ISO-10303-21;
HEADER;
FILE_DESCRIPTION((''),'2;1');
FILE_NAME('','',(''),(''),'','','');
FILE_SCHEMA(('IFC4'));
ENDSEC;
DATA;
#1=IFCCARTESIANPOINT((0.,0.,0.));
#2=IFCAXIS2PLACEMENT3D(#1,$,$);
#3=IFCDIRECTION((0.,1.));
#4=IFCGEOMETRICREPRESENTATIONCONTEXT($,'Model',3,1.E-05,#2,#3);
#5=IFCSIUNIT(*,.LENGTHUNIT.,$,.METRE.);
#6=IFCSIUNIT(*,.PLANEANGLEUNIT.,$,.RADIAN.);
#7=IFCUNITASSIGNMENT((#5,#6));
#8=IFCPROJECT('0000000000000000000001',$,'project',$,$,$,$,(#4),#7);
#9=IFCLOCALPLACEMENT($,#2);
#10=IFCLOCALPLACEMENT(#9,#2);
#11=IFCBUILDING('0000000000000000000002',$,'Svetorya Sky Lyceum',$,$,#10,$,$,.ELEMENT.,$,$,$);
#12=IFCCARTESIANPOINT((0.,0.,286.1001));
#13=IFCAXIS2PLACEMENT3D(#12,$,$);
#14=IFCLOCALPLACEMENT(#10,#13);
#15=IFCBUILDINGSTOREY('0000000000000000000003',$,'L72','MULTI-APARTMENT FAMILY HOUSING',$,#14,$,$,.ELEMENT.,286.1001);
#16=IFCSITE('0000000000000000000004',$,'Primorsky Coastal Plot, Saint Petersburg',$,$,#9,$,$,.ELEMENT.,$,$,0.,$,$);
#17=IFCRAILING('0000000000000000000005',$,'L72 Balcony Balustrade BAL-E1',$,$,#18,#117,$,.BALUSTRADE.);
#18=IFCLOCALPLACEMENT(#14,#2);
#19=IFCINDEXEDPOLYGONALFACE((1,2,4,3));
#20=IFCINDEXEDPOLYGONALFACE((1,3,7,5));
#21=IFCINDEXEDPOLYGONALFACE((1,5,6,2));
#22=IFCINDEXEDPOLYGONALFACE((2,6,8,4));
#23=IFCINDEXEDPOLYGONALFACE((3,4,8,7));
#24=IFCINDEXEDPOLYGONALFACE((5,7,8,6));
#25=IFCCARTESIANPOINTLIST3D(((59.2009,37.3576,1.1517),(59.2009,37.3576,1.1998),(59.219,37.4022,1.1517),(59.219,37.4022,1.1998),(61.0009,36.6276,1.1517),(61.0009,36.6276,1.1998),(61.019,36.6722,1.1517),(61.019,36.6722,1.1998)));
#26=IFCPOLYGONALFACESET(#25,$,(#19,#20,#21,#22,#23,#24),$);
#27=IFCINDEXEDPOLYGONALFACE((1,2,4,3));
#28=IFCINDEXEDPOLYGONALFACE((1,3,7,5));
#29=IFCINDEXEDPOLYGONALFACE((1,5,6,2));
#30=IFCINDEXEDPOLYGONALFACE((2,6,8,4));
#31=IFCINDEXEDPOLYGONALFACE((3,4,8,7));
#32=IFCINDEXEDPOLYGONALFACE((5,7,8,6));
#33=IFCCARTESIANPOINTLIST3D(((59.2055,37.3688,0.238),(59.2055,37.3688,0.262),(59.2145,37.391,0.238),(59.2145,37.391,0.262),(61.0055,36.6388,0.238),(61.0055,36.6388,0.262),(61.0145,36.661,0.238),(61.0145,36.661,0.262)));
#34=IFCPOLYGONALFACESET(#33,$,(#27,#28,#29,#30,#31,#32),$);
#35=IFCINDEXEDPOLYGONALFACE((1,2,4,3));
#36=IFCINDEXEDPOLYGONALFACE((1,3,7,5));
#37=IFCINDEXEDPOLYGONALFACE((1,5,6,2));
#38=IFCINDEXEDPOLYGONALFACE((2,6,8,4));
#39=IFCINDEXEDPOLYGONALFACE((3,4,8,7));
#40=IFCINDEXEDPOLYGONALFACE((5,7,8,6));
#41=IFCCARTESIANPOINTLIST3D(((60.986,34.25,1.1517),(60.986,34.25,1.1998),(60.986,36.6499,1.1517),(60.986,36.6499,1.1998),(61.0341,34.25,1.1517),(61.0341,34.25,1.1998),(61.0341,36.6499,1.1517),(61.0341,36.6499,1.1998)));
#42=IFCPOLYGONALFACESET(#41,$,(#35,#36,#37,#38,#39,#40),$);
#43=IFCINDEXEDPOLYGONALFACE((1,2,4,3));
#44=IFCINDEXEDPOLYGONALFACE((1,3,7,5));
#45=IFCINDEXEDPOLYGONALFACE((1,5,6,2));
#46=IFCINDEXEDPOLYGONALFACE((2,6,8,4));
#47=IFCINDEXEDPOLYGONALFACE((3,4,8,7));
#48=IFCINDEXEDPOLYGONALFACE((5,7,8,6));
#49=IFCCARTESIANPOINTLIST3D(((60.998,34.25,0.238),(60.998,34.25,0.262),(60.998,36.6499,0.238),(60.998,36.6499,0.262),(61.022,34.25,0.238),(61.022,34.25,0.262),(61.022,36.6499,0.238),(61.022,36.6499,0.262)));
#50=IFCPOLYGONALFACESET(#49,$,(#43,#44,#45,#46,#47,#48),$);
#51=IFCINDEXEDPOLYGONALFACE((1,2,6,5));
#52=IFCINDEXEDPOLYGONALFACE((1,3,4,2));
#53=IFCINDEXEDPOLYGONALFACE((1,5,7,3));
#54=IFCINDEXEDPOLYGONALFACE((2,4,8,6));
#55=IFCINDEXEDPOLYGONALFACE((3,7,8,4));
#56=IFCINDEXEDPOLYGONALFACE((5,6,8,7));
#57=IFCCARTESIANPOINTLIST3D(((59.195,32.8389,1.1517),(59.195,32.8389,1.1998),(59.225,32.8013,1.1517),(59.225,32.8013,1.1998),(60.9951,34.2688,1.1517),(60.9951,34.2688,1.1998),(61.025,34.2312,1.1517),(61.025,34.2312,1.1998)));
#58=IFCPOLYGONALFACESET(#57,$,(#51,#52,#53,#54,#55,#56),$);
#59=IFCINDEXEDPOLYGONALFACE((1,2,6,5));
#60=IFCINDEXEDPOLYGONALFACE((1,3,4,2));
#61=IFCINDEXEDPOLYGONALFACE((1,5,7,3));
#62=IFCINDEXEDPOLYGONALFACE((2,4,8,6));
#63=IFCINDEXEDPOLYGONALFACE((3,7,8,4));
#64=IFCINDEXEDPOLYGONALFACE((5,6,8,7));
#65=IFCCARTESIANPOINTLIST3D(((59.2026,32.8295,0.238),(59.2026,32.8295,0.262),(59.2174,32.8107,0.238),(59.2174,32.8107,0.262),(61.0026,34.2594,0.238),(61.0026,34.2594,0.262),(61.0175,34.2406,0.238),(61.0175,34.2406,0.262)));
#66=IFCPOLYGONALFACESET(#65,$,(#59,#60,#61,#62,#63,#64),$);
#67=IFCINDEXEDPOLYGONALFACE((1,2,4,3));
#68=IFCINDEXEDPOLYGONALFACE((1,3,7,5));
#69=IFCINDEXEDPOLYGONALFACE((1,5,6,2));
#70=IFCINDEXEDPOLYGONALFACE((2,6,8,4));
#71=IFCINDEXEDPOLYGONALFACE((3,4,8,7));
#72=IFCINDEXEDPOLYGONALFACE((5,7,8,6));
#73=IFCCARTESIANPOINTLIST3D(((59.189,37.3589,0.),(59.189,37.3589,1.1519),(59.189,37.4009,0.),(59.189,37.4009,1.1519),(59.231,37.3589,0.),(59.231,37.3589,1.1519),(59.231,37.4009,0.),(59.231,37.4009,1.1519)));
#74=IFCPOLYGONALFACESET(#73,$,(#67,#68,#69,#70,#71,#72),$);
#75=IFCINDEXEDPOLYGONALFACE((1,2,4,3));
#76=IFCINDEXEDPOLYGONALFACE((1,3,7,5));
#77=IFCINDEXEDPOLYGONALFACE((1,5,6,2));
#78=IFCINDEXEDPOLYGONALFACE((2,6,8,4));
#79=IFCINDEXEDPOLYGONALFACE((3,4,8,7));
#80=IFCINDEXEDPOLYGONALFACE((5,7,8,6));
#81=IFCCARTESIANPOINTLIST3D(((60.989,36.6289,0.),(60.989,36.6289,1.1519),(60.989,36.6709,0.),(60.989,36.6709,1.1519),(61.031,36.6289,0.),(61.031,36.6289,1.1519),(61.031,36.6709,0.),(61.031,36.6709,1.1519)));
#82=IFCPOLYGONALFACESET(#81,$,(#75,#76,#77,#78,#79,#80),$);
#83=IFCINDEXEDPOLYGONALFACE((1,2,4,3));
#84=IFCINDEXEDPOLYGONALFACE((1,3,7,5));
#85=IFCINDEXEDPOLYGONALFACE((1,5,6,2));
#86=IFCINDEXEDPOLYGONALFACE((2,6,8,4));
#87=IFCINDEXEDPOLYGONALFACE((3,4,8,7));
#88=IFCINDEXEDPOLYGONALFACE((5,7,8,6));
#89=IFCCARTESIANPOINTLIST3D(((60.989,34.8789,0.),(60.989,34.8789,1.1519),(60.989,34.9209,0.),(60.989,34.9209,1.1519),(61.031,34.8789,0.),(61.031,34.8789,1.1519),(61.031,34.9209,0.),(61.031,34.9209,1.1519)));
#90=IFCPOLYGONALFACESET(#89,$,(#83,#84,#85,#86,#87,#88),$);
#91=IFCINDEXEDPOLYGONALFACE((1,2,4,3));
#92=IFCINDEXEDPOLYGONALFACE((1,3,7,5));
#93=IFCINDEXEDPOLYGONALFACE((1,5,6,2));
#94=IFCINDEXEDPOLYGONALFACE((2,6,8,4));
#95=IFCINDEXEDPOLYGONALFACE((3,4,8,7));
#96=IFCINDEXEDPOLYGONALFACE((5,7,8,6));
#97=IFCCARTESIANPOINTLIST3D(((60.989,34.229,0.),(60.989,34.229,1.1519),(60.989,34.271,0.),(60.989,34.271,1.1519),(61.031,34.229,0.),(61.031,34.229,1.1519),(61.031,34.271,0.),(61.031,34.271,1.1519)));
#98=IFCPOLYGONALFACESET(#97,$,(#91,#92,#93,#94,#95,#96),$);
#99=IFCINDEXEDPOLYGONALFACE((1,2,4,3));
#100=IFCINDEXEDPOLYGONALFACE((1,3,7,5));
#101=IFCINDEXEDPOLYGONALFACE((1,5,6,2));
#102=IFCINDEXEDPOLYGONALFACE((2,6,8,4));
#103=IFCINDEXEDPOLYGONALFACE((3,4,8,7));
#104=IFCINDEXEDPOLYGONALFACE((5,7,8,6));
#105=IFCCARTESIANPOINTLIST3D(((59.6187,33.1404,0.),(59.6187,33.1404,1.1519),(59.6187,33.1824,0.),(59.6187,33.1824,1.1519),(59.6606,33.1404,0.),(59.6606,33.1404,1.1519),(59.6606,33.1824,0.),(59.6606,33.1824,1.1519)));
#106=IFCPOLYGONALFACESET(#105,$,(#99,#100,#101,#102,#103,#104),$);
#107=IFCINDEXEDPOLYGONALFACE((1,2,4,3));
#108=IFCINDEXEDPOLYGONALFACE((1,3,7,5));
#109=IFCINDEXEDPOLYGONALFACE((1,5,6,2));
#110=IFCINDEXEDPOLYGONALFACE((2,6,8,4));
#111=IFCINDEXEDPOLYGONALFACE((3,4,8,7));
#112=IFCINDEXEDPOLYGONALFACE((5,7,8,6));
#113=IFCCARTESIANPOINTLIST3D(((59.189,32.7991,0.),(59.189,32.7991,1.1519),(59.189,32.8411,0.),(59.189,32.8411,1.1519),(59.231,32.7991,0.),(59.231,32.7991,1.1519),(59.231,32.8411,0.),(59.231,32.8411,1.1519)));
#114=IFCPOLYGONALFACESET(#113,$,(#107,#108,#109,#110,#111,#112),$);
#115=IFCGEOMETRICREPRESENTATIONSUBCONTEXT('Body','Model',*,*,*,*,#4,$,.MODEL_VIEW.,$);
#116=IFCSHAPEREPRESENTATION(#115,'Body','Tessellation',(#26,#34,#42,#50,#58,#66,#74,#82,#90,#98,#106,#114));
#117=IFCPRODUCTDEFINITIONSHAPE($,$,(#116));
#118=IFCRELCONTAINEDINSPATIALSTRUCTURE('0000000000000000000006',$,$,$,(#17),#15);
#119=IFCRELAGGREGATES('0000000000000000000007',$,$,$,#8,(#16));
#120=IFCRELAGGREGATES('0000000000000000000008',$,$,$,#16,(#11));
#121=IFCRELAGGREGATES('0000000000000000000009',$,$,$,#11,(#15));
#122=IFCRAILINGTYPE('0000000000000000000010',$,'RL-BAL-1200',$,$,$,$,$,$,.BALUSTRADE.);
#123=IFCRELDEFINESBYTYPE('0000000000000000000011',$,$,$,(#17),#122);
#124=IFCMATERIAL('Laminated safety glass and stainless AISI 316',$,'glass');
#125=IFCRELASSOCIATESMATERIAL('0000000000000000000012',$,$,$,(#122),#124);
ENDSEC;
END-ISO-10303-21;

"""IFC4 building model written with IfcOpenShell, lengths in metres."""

from ifc_helpers import new_model, si_unit, direction, frame, origin, origin_2d, place, context, subcontext, project, spatial, rectangle, extrude, material, type_object, element, save


model = new_model("IFC4")

# Units and contexts
model_context = context("Model", 3, precision=1e-05, world=origin(), true_north=direction((0.0, 1.0)))
body_context = subcontext(model_context, "Body", "Model", "MODEL_VIEW")
ifc_project = project(units=[si_unit("LENGTHUNIT", "METRE"), si_unit("PLANEANGLEUNIT", "RADIAN")], contexts=[model_context])

# Site, building, storey
site_placement = place(None, origin())
site = spatial("IfcSite", under=ifc_project, at=site_placement, Name="Primorsky Coastal Plot, Saint Petersburg", CompositionType="ELEMENT", RefElevation=0.0)
building_placement = place(site_placement, origin())
building = spatial("IfcBuilding", under=site, at=building_placement, Name="Svetorya Sky Lyceum", CompositionType="ELEMENT")
storey_placement = place(building_placement, frame((0.0, 0.0, 286.1001)))
storey = spatial("IfcBuildingStorey", under=building, at=storey_placement, Name="L72", Description="MULTI-APARTMENT FAMILY HOUSING", CompositionType="ELEMENT", Elevation=286.1001)

# Railing
ifc_material_1 = material(Name="Laminated safety glass and stainless AISI 316", Category="glass")
railing_type = type_object("IfcRailingType", Name="RL-BAL-1200", PredefinedType="BALUSTRADE", material=ifc_material_1)
railing_placement = place(storey_placement, frame((59.21, 37.3799, 0.0)))
element("IfcRailing", 1, at=railing_placement, inside=storey, type_object=railing_type, Name="L72 Balcony Balustrade BAL-E1", PredefinedType="BALUSTRADE", context=body_context, shape_type="SweptSolid", body=[
    extrude(rectangle(XDim=0.0481, YDim=0.0481, at=origin_2d()), frame((0.0, 0.0, 1.1758), z_axis=(0.926698, -0.375807, 0.0), x_axis=(0.375807, 0.926698, 0.0)), (0.0, 0.0, 1.0), 1.9424),
    extrude(rectangle(XDim=0.0239, YDim=0.0239, at=origin_2d()), frame((0.0, 0.0, 0.25), z_axis=(0.926698, -0.375807, 0.0), x_axis=(0.375807, 0.926698, 0.0)), (0.0, 0.0, 1.0), 1.9424),
    extrude(rectangle(XDim=0.0481, YDim=0.0481, at=origin_2d()), frame((1.8, -0.73, 1.1758), z_axis=(0.0, -1.0, 0.0), x_axis=(1.0, 0.0, 0.0)), (0.0, 0.0, 1.0), 2.3999),
    extrude(rectangle(XDim=0.0239, YDim=0.0239, at=origin_2d()), frame((1.8, -0.73, 0.25), z_axis=(0.0, -1.0, 0.0), x_axis=(1.0, 0.0, 0.0)), (0.0, 0.0, 1.0), 2.3999),
    extrude(rectangle(XDim=0.0481, YDim=0.0481, at=origin_2d()), frame((1.8, -3.1299, 1.1758), z_axis=(-0.783009, -0.62201, 0.0), x_axis=(0.62201, -0.783009, 0.0)), (0.0, 0.0, 1.0), 2.2988),
    extrude(rectangle(XDim=0.0239, YDim=0.0239, at=origin_2d()), frame((1.8, -3.1299, 0.25), z_axis=(-0.783009, -0.62201, 0.0), x_axis=(0.62201, -0.783009, 0.0)), (0.0, 0.0, 1.0), 2.2988),
    extrude(rectangle(XDim=0.042, YDim=0.042, at=origin_2d()), origin(), (0.0, 0.0, 1.0), 1.1519),
    extrude(rectangle(XDim=0.042, YDim=0.042, at=origin_2d()), frame((1.8, -0.73, 0.0)), (0.0, 0.0, 1.0), 1.1519),
    extrude(rectangle(XDim=0.042, YDim=0.042, at=origin_2d()), frame((1.8, -2.48, 0.0)), (0.0, 0.0, 1.0), 1.1519),
    extrude(rectangle(XDim=0.042, YDim=0.042, at=origin_2d()), frame((1.8, -3.1299, 0.0)), (0.0, 0.0, 1.0), 1.1519),
    extrude(rectangle(XDim=0.042, YDim=0.042, at=origin_2d()), frame((0.4297, -4.2185, 0.0)), (0.0, 0.0, 1.0), 1.1519),
    extrude(rectangle(XDim=0.042, YDim=0.042, at=origin_2d()), frame((0.0, -4.5598, 0.0)), (0.0, 0.0, 1.0), 1.1519),
])

save(model, "model.ifc")
